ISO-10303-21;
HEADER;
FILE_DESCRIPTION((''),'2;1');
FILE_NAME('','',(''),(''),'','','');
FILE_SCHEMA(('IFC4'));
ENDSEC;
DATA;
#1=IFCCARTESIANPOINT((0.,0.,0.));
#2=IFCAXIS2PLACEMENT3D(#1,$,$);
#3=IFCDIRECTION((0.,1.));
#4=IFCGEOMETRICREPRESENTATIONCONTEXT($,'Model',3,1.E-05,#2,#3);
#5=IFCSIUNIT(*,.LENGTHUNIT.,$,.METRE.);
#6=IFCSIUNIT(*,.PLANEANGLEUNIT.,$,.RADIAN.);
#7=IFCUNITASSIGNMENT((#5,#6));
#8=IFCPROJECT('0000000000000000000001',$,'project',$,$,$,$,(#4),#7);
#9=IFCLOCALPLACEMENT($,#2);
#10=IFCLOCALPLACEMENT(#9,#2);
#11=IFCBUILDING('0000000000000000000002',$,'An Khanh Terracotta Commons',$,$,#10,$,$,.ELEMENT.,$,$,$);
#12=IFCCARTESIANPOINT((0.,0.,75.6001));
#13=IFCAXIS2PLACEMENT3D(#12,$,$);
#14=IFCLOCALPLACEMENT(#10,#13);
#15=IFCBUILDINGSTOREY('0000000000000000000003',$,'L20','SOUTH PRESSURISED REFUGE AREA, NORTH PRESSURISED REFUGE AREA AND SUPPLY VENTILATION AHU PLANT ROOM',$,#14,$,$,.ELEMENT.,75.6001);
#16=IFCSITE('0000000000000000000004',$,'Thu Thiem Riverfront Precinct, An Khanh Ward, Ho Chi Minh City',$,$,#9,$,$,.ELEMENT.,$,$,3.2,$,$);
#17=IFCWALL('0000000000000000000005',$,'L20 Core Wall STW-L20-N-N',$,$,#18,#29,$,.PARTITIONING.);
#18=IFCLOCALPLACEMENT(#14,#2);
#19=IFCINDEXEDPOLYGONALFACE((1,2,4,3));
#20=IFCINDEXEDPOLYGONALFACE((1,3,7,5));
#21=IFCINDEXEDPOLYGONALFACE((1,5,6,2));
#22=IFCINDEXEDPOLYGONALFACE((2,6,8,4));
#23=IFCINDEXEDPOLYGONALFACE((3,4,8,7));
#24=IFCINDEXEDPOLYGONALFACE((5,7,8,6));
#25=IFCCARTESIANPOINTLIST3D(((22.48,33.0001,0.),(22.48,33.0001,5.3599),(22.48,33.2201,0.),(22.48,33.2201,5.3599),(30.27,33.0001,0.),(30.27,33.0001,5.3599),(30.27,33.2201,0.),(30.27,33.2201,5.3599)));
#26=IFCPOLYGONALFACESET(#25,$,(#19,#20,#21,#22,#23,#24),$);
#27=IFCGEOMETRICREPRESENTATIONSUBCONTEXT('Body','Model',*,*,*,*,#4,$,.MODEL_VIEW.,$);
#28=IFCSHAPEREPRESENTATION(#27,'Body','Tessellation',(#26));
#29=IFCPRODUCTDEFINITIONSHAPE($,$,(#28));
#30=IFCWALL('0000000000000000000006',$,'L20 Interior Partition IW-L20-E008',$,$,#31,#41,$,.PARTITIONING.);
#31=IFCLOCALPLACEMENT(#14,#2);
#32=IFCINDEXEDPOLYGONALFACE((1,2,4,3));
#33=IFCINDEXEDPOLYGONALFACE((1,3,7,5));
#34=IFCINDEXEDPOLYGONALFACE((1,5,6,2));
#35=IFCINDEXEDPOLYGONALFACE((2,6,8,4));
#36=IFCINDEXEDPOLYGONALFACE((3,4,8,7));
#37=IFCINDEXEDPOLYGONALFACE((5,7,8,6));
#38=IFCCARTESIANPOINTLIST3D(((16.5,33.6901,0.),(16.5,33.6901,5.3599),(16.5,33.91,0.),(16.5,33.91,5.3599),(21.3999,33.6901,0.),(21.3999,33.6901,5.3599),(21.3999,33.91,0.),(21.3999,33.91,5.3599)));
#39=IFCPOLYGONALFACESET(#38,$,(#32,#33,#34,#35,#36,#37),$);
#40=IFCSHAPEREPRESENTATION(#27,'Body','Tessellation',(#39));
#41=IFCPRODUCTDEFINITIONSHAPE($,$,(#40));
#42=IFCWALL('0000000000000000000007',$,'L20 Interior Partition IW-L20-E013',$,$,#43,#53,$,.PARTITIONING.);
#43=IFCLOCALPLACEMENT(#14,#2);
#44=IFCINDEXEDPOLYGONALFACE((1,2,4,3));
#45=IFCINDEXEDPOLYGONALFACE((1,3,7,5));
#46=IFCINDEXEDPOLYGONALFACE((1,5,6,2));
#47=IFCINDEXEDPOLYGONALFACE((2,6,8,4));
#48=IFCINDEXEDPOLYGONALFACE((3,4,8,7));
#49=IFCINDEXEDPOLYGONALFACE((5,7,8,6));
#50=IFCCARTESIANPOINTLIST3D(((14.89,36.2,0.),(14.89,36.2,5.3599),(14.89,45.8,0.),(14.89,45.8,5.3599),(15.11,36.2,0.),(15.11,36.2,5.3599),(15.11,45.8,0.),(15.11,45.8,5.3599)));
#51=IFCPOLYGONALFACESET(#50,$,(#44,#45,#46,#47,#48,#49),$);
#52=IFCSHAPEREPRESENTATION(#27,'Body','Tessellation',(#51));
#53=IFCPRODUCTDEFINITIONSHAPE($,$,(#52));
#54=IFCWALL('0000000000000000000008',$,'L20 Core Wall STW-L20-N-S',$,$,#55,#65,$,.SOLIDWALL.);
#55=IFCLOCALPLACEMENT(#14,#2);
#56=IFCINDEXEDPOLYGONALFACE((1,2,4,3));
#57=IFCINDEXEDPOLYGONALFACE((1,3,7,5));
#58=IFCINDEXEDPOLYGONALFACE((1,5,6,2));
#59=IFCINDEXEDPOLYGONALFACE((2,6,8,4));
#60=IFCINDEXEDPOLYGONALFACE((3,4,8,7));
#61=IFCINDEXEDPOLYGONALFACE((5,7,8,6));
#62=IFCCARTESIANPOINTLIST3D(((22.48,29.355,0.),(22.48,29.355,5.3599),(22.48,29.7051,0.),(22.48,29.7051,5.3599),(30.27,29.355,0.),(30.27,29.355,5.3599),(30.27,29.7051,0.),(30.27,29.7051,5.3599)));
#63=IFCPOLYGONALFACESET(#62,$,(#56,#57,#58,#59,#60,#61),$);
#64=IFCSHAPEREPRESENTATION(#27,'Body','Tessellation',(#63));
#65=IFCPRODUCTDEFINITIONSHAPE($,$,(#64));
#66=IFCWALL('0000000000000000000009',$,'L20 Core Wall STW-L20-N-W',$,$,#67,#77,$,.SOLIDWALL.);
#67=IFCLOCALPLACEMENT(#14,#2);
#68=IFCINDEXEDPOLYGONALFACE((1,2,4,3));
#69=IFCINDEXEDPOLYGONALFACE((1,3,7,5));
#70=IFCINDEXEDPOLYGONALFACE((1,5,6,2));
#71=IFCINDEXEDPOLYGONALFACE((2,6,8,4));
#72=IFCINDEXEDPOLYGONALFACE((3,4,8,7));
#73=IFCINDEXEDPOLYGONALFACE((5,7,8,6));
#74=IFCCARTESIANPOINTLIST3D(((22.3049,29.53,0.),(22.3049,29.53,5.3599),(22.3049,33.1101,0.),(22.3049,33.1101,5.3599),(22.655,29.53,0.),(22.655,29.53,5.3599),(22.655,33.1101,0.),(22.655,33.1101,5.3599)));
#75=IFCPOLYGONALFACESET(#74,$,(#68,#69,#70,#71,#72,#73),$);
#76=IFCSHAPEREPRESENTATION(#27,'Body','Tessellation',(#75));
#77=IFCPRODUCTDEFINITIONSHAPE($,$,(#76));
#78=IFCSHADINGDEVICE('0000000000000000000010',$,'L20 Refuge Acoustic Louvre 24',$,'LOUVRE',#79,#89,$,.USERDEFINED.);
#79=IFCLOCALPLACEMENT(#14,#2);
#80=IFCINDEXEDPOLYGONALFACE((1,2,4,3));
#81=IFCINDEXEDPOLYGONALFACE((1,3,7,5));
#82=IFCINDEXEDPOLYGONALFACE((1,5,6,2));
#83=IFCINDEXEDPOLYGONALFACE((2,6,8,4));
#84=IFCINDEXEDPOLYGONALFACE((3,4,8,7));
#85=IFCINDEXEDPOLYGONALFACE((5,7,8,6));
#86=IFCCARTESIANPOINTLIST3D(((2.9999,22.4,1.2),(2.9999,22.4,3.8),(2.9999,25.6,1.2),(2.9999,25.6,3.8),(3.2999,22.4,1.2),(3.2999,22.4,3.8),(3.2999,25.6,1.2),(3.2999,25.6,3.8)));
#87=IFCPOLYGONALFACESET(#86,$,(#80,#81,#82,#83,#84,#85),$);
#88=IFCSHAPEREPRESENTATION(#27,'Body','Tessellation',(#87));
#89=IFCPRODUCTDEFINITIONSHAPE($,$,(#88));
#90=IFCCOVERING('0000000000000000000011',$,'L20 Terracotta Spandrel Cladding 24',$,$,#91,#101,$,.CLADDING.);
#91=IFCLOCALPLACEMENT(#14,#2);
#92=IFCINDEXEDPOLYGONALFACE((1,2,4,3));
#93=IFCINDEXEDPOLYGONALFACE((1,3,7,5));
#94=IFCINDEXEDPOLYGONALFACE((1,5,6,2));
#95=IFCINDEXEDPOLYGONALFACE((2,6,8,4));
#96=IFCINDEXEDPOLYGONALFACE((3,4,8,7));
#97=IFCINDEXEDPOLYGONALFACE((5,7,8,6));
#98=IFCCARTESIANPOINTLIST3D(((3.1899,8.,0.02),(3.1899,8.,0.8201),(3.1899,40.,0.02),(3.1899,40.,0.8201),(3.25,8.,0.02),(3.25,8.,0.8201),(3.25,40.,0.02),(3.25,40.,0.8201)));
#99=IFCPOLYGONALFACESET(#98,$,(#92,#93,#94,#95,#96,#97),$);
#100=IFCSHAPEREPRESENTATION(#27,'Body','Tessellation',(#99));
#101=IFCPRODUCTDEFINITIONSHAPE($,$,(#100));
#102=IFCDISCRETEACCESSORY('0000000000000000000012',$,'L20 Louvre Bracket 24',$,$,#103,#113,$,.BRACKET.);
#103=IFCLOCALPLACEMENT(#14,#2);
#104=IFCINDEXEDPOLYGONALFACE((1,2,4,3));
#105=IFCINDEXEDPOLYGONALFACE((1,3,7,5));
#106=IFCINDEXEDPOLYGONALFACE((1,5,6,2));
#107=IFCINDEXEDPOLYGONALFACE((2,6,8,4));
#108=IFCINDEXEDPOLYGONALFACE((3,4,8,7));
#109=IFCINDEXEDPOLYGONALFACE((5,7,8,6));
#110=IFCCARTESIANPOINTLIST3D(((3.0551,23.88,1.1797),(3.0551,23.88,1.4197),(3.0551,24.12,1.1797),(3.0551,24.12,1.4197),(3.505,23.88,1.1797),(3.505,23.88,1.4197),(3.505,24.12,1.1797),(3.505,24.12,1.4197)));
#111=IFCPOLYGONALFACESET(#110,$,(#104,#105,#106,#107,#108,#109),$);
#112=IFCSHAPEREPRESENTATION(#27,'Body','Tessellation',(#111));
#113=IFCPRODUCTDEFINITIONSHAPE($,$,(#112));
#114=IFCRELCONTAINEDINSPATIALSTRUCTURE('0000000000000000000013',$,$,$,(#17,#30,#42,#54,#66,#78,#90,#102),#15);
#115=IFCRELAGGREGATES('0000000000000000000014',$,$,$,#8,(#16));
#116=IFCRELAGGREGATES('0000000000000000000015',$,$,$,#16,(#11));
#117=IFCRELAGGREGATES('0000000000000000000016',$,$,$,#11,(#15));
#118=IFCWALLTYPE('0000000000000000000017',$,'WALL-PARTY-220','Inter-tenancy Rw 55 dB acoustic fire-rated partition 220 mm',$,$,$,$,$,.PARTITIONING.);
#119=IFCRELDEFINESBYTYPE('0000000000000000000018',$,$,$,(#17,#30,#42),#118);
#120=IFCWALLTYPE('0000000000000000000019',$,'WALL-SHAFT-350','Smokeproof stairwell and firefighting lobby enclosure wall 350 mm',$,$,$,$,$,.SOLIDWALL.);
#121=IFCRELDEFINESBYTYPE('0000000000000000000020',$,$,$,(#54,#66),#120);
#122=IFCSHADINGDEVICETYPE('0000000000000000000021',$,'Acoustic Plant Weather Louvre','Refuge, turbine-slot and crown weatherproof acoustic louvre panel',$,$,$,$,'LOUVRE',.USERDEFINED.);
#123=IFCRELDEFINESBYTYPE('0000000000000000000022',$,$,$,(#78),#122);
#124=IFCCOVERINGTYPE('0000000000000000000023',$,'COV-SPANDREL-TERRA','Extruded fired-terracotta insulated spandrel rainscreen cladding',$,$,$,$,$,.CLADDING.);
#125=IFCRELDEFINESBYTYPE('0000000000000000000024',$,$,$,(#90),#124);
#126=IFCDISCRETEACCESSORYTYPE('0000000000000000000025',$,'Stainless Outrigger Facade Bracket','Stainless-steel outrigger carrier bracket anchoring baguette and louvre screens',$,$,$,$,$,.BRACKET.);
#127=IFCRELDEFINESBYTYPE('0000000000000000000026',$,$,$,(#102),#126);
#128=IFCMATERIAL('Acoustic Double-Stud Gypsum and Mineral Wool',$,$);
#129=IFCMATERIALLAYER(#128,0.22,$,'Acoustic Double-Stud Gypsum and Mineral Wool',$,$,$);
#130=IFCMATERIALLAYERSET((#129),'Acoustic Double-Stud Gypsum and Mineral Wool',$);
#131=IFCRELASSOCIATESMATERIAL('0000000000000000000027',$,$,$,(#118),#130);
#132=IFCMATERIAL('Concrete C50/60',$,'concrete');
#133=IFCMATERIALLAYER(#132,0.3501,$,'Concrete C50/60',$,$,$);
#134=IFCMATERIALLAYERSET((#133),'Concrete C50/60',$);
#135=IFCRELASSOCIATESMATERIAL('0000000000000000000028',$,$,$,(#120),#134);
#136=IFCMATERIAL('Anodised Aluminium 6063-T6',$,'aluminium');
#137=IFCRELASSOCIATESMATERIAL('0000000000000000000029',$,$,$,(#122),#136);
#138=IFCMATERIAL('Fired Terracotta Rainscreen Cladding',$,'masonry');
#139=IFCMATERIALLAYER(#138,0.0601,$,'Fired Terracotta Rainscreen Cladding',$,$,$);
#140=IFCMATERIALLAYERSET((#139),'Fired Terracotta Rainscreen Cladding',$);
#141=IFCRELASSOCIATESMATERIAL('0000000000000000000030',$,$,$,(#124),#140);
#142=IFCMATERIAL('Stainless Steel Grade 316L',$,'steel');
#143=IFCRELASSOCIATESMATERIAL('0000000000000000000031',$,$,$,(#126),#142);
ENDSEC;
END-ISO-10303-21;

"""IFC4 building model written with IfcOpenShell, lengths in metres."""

from ifc_helpers import new_model, si_unit, direction, frame, frame_2d, origin, origin_2d, place, context, subcontext, project, spatial, rectangle, extrude, material, layer, layer_set, type_object, element, save


model = new_model("IFC4")

# Units and contexts
model_context = context("Model", 3, precision=1e-05, world=origin(), true_north=direction((0.0, 1.0)))
body_context = subcontext(model_context, "Body", "Model", "MODEL_VIEW")
ifc_project = project(units=[si_unit("LENGTHUNIT", "METRE"), si_unit("PLANEANGLEUNIT", "RADIAN")], contexts=[model_context])

# Site, building, storey
site_placement = place(None, origin())
site = spatial("IfcSite", under=ifc_project, at=site_placement, Name="Thu Thiem Riverfront Precinct, An Khanh Ward, Ho Chi Minh City", CompositionType="ELEMENT", RefElevation=3.2)
building_placement = place(site_placement, origin())
building = spatial("IfcBuilding", under=site, at=building_placement, Name="An Khanh Terracotta Commons", CompositionType="ELEMENT")
storey_placement = place(building_placement, frame((0.0, 0.0, 75.6001)))
storey = spatial("IfcBuildingStorey", under=building, at=storey_placement, Name="L20", Description="SOUTH PRESSURISED REFUGE AREA, NORTH PRESSURISED REFUGE AREA AND SUPPLY VENTILATION AHU PLANT ROOM", CompositionType="ELEMENT", Elevation=75.6001)

# Walls
ifc_material_1 = material(Name="Acoustic Double-Stud Gypsum and Mineral Wool")
ifc_layer_1 = layer(ifc_material_1, 0.22, Name="Acoustic Double-Stud Gypsum and Mineral Wool")
ifc_layer_set_1 = layer_set([ifc_layer_1], Name="Acoustic Double-Stud Gypsum and Mineral Wool")
wall_type_1 = type_object("IfcWallType", Name="WALL-PARTY-220", Description="Inter-tenancy Rw 55 dB acoustic fire-rated partition 220 mm", PredefinedType="PARTITIONING", material=ifc_layer_set_1)
wall_1_placement = place(storey_placement, frame((22.48, 33.1101, 0.0), z_axis=(0.0, 0.0, 1.0), x_axis=(1.0, 0.0, 0.0)))
element("IfcWall", 1, at=wall_1_placement, inside=storey, type_object=wall_type_1, Name="L20 Core Wall STW-L20-N-N", PredefinedType="PARTITIONING", context=body_context, shape_type="SweptSolid", body=[
    extrude(rectangle(XDim=7.79, YDim=0.22, at=frame_2d((3.895, 0.0))), origin(), (0.0, 0.0, 1.0), 5.3599),
])
wall_2_placement = place(storey_placement, frame((16.5, 33.8, 0.0), z_axis=(0.0, 0.0, 1.0), x_axis=(1.0, 0.0, 0.0)))
element("IfcWall", 2, at=wall_2_placement, inside=storey, type_object=wall_type_1, Name="L20 Interior Partition IW-L20-E008", PredefinedType="PARTITIONING", context=body_context, shape_type="SweptSolid", body=[
    extrude(rectangle(XDim=4.8999, YDim=0.22, at=frame_2d((2.45, 0.0))), origin(), (0.0, 0.0, 1.0), 5.3599),
])
wall_3_placement = place(storey_placement, frame((15.0, 36.2, 0.0), z_axis=(0.0, 0.0, 1.0), x_axis=(0.0, 1.0, 0.0)))
element("IfcWall", 3, at=wall_3_placement, inside=storey, type_object=wall_type_1, Name="L20 Interior Partition IW-L20-E013", PredefinedType="PARTITIONING", context=body_context, shape_type="SweptSolid", body=[
    extrude(rectangle(XDim=9.6001, YDim=0.22, at=frame_2d((4.8, 0.0))), origin(), (0.0, 0.0, 1.0), 5.3599),
])
ifc_material_2 = material(Name="Concrete C50/60", Category="concrete")
ifc_layer_2 = layer(ifc_material_2, 0.3501, Name="Concrete C50/60")
ifc_layer_set_2 = layer_set([ifc_layer_2], Name="Concrete C50/60")
wall_type_2 = type_object("IfcWallType", Name="WALL-SHAFT-350", Description="Smokeproof stairwell and firefighting lobby enclosure wall 350 mm", PredefinedType="SOLIDWALL", material=ifc_layer_set_2)
wall_4_placement = place(storey_placement, frame((22.48, 29.53, 0.0), z_axis=(0.0, 0.0, 1.0), x_axis=(1.0, 0.0, 0.0)))
element("IfcWall", 4, at=wall_4_placement, inside=storey, type_object=wall_type_2, Name="L20 Core Wall STW-L20-N-S", PredefinedType="SOLIDWALL", context=body_context, shape_type="SweptSolid", body=[
    extrude(rectangle(XDim=7.79, YDim=0.3501, at=frame_2d((3.895, 0.0))), origin(), (0.0, 0.0, 1.0), 5.3599),
])
wall_5_placement = place(storey_placement, frame((22.48, 29.53, 0.0), z_axis=(0.0, 0.0, 1.0), x_axis=(0.0, 1.0, 0.0)))
element("IfcWall", 5, at=wall_5_placement, inside=storey, type_object=wall_type_2, Name="L20 Core Wall STW-L20-N-W", PredefinedType="SOLIDWALL", context=body_context, shape_type="SweptSolid", body=[
    extrude(rectangle(XDim=3.5801, YDim=0.3501, at=frame_2d((1.79, 0.0))), origin(), (0.0, 0.0, 1.0), 5.3599),
])

# Shading device
ifc_material_3 = material(Name="Anodised Aluminium 6063-T6", Category="aluminium")
shading_device_type = type_object("IfcShadingDeviceType", Name="Acoustic Plant Weather Louvre", Description="Refuge, turbine-slot and crown weatherproof acoustic louvre panel", ElementType="LOUVRE", PredefinedType="USERDEFINED", material=ifc_material_3)
shading_device_placement = place(storey_placement, frame((3.1499, 24.0, 1.2), z_axis=(0.0, 0.0, 1.0), x_axis=(0.0, -1.0, 0.0)))
element("IfcShadingDevice", 6, at=shading_device_placement, inside=storey, type_object=shading_device_type, Name="L20 Refuge Acoustic Louvre 24", ObjectType="LOUVRE", PredefinedType="USERDEFINED", context=body_context, shape_type="SweptSolid", body=[
    extrude(rectangle(XDim=3.2, YDim=0.3, at=origin_2d()), origin(), (0.0, 0.0, 1.0), 2.6001),
])

# Covering
ifc_material_4 = material(Name="Fired Terracotta Rainscreen Cladding", Category="masonry")
ifc_layer_3 = layer(ifc_material_4, 0.0601, Name="Fired Terracotta Rainscreen Cladding")
ifc_layer_set_3 = layer_set([ifc_layer_3], Name="Fired Terracotta Rainscreen Cladding")
covering_type = type_object("IfcCoveringType", Name="COV-SPANDREL-TERRA", Description="Extruded fired-terracotta insulated spandrel rainscreen cladding", PredefinedType="CLADDING", material=ifc_layer_set_3)
covering_placement = place(storey_placement, frame((3.22, 24.0, 0.02), z_axis=(0.0, 0.0, 1.0), x_axis=(0.0, -1.0, 0.0)))
element("IfcCovering", 7, at=covering_placement, inside=storey, type_object=covering_type, Name="L20 Terracotta Spandrel Cladding 24", PredefinedType="CLADDING", context=body_context, shape_type="SweptSolid", body=[
    extrude(rectangle(XDim=32.0, YDim=0.0601, at=origin_2d()), origin(), (0.0, 0.0, 1.0), 0.8),
])

# Discrete accessory
ifc_material_5 = material(Name="Stainless Steel Grade 316L", Category="steel")
discrete_accessory_type = type_object("IfcDiscreteAccessoryType", Name="Stainless Outrigger Facade Bracket", Description="Stainless-steel outrigger carrier bracket anchoring baguette and louvre screens", PredefinedType="BRACKET", material=ifc_material_5)
discrete_accessory_placement = place(storey_placement, frame((3.28, 24.0, 1.1797), z_axis=(0.0, 0.0, 1.0), x_axis=(0.0, -1.0, 0.0)))
element("IfcDiscreteAccessory", 8, at=discrete_accessory_placement, inside=storey, type_object=discrete_accessory_type, Name="L20 Louvre Bracket 24", PredefinedType="BRACKET", context=body_context, shape_type="SweptSolid", body=[
    extrude(rectangle(XDim=0.24, YDim=0.45, at=origin_2d()), origin(), (0.0, 0.0, 1.0), 0.24),
])

save(model, "model.ifc")
